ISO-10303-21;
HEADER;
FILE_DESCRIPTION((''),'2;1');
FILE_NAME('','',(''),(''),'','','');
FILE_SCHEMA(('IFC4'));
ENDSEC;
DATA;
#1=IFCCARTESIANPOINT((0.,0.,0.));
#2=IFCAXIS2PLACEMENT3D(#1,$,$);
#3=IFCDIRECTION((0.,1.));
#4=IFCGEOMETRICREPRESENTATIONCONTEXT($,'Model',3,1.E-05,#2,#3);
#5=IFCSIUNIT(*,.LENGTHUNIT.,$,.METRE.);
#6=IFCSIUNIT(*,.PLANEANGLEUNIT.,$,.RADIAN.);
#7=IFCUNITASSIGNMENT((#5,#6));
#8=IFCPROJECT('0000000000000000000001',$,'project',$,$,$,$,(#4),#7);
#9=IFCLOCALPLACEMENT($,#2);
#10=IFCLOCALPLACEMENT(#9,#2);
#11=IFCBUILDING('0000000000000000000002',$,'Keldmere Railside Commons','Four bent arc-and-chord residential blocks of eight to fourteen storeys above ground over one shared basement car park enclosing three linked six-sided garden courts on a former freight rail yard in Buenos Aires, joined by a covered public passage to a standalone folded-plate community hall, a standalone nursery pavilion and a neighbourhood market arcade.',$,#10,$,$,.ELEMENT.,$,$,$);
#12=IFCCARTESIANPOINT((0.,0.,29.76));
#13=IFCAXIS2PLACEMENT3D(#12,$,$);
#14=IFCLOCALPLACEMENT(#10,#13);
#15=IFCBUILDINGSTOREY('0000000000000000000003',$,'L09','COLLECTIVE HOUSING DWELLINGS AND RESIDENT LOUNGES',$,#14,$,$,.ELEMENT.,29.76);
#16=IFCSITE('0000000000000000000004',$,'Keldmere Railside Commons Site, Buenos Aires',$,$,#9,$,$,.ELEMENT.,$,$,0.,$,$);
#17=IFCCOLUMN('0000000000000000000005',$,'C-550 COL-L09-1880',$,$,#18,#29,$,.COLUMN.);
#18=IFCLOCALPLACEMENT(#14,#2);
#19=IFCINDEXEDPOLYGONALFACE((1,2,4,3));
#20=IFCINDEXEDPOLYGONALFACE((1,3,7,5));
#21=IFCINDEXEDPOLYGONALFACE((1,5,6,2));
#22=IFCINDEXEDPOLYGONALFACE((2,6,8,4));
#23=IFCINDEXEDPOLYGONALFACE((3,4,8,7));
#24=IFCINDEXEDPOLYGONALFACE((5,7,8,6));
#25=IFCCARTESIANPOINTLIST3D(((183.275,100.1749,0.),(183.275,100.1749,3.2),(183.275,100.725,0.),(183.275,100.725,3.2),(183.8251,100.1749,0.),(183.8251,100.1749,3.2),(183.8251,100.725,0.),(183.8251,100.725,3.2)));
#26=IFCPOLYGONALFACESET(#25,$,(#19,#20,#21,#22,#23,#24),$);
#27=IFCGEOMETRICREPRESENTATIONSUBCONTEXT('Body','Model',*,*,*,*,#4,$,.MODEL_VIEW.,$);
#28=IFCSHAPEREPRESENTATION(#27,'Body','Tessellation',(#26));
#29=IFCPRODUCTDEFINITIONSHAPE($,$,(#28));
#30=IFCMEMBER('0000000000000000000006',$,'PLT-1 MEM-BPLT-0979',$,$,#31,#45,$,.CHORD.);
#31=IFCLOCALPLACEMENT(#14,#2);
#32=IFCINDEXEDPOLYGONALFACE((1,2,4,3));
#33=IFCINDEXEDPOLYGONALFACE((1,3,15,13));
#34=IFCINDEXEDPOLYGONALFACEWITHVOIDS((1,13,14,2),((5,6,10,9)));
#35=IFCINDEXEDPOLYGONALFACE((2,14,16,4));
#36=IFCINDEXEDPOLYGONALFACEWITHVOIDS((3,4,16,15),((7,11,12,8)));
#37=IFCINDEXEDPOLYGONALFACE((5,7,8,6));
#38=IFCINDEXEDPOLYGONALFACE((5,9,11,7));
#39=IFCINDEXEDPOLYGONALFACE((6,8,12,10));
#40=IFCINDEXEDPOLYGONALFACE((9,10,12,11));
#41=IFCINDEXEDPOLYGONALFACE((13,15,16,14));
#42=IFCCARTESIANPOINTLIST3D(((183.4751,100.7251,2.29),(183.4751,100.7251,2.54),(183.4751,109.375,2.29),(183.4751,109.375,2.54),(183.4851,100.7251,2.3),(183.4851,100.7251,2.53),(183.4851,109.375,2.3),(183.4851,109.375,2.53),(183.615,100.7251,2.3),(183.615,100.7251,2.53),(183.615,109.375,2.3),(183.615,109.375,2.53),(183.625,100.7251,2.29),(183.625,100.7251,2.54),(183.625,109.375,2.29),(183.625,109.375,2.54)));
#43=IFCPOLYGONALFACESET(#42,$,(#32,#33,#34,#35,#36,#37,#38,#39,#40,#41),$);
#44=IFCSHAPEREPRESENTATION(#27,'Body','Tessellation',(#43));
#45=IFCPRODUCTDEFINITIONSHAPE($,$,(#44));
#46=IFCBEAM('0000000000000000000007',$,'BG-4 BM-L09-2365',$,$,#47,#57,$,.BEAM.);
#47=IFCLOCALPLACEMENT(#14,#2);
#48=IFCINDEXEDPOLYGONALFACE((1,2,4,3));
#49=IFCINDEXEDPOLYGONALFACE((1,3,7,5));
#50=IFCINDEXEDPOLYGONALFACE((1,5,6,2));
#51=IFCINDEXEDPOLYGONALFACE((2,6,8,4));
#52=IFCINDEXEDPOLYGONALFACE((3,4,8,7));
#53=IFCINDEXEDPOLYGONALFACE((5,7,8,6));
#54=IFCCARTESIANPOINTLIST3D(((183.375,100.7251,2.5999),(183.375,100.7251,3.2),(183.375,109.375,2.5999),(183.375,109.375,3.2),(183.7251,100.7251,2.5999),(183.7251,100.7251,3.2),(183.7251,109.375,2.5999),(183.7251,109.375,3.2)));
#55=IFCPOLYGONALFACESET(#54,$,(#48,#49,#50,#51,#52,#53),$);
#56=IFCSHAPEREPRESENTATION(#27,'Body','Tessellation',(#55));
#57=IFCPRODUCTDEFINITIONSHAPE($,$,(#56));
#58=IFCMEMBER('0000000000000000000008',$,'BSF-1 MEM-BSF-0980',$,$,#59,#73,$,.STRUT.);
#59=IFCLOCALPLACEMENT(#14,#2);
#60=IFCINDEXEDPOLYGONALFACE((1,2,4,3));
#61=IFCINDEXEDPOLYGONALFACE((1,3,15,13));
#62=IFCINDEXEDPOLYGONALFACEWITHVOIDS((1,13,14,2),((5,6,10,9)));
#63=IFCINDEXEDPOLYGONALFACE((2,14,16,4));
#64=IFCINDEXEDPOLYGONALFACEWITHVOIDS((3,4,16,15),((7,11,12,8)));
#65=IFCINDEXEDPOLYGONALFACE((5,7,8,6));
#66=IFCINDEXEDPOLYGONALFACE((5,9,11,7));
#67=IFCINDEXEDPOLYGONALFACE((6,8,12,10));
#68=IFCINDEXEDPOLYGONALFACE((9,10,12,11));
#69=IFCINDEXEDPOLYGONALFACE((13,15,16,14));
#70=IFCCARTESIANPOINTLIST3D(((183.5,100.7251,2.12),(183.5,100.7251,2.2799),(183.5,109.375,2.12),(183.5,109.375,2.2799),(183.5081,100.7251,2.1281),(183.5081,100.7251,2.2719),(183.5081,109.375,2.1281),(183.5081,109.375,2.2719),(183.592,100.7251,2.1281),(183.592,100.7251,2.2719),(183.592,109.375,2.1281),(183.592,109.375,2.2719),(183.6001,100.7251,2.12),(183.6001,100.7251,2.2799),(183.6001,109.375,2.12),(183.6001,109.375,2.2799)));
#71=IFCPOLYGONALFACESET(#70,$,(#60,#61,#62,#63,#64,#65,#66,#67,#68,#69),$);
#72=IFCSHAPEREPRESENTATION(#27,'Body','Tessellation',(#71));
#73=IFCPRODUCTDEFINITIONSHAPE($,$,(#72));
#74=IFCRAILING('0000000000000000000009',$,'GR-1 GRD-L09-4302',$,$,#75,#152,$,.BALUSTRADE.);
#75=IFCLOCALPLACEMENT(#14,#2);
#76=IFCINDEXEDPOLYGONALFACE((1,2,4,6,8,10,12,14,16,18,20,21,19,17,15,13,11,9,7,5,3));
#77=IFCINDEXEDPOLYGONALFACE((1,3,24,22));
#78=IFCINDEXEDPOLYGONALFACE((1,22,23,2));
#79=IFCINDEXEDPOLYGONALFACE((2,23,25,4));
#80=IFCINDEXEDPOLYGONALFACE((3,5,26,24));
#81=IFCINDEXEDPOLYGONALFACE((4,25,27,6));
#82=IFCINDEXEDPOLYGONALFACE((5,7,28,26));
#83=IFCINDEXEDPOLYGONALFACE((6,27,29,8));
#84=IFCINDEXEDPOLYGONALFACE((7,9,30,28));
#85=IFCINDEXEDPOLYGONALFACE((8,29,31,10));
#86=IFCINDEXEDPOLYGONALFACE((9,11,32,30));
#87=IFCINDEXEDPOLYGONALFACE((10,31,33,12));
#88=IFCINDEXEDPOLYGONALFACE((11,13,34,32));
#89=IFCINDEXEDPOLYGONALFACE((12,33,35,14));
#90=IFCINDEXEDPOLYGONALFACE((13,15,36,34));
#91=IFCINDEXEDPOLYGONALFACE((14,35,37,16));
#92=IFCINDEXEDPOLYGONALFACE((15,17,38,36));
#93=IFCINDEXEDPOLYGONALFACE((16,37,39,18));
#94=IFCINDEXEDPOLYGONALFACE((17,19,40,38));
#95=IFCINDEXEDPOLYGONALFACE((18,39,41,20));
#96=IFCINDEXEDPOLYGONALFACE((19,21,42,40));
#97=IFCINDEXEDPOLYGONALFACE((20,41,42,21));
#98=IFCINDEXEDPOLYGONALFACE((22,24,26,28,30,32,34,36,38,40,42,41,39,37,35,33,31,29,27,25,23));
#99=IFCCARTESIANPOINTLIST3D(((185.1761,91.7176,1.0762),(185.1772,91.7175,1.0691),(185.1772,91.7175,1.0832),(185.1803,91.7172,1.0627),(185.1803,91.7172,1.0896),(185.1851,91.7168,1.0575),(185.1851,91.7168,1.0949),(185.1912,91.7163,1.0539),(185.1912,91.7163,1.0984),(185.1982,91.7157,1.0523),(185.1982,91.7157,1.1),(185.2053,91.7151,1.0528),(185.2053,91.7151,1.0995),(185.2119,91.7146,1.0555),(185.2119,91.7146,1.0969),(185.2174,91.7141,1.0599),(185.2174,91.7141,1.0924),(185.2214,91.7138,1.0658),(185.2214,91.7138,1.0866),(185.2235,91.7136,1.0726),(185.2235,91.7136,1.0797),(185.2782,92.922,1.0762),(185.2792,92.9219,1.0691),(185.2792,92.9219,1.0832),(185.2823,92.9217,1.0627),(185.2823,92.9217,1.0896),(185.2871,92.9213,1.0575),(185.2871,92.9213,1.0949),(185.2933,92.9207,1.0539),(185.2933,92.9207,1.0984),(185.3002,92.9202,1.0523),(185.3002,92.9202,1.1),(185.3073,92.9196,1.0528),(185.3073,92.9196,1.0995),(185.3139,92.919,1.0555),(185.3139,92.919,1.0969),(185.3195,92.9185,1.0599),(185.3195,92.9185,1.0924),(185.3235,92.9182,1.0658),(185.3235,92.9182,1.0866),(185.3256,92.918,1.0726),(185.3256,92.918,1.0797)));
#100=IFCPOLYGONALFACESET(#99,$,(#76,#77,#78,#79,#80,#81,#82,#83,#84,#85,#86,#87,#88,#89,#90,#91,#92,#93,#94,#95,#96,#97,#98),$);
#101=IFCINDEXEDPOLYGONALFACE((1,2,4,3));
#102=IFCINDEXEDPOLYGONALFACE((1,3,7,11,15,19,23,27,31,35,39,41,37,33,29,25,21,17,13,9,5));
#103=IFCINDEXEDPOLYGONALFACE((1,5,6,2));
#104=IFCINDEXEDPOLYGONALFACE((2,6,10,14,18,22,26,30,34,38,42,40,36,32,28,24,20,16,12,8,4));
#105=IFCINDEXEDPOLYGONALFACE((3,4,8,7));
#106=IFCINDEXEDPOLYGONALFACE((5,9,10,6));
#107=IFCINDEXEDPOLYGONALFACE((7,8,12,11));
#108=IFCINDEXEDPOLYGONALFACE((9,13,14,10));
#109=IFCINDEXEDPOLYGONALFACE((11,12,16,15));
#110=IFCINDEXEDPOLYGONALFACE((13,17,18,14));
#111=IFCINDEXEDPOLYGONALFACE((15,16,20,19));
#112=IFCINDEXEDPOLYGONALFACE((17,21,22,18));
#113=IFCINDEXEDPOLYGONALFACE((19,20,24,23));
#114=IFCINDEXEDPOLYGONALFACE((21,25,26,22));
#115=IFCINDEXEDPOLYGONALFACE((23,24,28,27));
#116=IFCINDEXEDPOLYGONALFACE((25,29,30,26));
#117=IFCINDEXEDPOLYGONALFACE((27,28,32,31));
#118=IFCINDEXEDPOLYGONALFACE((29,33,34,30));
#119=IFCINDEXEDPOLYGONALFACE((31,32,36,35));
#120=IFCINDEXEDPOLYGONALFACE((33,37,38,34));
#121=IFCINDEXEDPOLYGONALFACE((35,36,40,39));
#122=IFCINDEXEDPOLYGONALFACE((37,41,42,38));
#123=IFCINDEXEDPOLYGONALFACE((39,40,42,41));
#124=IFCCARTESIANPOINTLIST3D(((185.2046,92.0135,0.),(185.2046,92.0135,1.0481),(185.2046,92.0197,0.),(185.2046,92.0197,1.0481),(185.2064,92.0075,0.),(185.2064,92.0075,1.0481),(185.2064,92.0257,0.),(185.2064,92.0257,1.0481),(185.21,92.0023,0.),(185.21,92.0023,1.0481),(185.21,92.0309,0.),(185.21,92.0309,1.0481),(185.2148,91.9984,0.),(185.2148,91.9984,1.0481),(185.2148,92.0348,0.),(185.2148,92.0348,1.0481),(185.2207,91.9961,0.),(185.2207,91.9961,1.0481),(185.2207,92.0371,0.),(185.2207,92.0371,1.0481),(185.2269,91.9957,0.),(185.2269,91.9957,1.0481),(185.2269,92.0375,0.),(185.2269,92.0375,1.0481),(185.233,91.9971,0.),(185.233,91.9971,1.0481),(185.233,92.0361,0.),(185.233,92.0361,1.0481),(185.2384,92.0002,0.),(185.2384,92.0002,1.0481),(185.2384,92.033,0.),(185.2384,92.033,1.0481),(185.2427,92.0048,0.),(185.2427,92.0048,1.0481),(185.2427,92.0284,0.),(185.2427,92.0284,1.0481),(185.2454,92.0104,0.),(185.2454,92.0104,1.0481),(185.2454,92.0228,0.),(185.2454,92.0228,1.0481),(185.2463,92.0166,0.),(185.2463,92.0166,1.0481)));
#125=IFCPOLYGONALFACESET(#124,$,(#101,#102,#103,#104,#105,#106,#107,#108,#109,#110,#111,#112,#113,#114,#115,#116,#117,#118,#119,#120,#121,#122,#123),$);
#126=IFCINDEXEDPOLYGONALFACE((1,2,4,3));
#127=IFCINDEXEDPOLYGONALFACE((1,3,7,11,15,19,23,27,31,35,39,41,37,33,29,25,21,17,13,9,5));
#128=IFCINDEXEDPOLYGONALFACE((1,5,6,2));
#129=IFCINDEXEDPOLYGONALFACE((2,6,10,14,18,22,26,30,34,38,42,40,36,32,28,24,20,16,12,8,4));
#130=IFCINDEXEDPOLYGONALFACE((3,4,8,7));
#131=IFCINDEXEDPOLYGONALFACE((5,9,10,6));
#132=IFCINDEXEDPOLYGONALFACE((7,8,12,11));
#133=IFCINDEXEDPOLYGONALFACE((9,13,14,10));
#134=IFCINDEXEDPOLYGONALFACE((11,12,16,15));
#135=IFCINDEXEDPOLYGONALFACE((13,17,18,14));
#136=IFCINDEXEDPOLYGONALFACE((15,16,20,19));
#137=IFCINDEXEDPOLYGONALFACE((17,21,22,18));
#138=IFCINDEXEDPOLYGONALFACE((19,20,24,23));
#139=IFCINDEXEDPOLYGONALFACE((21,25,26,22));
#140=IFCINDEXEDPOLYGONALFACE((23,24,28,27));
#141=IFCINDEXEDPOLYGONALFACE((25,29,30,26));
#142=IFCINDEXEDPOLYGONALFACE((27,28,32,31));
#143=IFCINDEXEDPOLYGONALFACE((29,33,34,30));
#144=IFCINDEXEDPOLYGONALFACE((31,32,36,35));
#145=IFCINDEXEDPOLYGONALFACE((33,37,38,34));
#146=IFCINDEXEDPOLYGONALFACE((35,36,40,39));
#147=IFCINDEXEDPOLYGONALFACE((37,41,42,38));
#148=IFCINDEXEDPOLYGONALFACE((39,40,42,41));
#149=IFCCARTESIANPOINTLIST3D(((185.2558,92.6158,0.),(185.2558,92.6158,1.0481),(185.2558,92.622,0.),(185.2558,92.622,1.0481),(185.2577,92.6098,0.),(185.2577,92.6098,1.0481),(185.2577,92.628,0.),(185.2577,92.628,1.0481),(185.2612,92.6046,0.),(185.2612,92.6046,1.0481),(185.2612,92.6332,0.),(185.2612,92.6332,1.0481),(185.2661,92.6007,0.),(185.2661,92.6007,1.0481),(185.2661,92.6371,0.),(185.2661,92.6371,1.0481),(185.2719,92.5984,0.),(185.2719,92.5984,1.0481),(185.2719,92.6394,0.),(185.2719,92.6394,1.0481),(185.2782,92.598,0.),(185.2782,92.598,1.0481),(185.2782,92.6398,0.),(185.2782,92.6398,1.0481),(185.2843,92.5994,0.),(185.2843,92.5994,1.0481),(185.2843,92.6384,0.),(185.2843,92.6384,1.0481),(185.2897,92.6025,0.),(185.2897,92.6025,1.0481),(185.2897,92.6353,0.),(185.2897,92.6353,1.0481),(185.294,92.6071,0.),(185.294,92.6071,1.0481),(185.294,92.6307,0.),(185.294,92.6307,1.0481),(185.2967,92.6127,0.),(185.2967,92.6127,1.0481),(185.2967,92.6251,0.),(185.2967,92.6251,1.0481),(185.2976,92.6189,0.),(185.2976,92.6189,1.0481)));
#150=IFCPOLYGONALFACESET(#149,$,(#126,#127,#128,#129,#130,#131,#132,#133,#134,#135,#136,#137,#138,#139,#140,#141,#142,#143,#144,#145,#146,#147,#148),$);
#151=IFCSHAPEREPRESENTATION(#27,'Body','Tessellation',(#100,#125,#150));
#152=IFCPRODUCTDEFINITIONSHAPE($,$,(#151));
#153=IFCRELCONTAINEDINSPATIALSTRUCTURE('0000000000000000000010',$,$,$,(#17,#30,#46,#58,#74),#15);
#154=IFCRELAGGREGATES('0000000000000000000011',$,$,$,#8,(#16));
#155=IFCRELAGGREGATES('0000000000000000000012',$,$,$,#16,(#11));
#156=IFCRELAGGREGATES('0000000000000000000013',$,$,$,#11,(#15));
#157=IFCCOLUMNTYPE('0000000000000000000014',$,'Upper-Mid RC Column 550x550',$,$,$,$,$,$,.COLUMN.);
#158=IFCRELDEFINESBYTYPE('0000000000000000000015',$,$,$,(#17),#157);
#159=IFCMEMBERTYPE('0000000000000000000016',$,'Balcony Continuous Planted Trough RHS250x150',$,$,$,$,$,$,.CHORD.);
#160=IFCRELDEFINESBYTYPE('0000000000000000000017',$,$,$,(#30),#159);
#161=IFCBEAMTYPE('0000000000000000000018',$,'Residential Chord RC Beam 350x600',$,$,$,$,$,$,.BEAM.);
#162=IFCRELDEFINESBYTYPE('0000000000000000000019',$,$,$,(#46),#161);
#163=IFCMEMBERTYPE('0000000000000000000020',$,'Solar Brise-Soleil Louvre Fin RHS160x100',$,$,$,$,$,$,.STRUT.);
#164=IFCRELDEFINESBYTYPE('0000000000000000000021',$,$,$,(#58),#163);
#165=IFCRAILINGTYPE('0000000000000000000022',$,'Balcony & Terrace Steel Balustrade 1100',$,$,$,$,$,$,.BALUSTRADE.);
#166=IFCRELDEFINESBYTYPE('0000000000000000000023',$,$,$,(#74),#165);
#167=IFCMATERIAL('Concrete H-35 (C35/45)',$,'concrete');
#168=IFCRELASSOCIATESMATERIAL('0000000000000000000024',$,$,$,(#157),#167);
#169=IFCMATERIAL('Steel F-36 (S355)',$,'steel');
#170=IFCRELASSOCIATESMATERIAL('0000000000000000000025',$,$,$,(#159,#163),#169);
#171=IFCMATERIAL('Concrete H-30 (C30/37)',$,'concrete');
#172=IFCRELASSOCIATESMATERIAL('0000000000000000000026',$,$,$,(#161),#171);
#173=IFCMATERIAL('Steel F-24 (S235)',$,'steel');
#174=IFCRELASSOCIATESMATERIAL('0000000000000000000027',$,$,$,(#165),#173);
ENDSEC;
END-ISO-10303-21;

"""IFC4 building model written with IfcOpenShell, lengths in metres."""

from ifc_helpers import new_model, si_unit, direction, frame, origin, origin_2d, place, context, subcontext, project, spatial, rectangle, hollow_rectangle, circle, extrude, material, material_profile, profile_set, type_object, element, save


model = new_model("IFC4")

# Units and contexts
model_context = context("Model", 3, precision=1e-05, world=origin(), true_north=direction((0.0, 1.0)))
body_context = subcontext(model_context, "Body", "Model", "MODEL_VIEW")
ifc_project = project(units=[si_unit("LENGTHUNIT", "METRE"), si_unit("PLANEANGLEUNIT", "RADIAN")], contexts=[model_context])

# Site, building, storey
site_placement = place(None, origin())
site = spatial("IfcSite", under=ifc_project, at=site_placement, Name="Keldmere Railside Commons Site, Buenos Aires", CompositionType="ELEMENT", RefElevation=0.0)
building_placement = place(site_placement, origin())
building = spatial("IfcBuilding", under=site, at=building_placement, Name="Keldmere Railside Commons", Description="Four bent arc-and-chord residential blocks of eight to fourteen storeys above ground over one shared basement car park enclosing three linked six-sided garden courts on a former freight rail yard in Buenos Aires, joined by a covered public passage to a standalone folded-plate community hall, a standalone nursery pavilion and a neighbourhood market arcade.", CompositionType="ELEMENT")
storey_placement = place(building_placement, frame((0.0, 0.0, 29.76)))
storey = spatial("IfcBuildingStorey", under=building, at=storey_placement, Name="L09", Description="COLLECTIVE HOUSING DWELLINGS AND RESIDENT LOUNGES", CompositionType="ELEMENT", Elevation=29.76)

# Column
ifc_material_1 = material(Name="Concrete H-35 (C35/45)", Category="concrete")
ifc_material_profile_1 = material_profile(ifc_material_1, rectangle(XDim=0.55, YDim=0.55, at=origin_2d()), Name="RC-550x550")
ifc_profile_set_1 = profile_set([ifc_material_profile_1], Name="Concrete H-35 (C35/45)")
column_type = type_object("IfcColumnType", Name="Upper-Mid RC Column 550x550", PredefinedType="COLUMN", material=ifc_profile_set_1)
column_placement = place(storey_placement, frame((183.55, 100.45, 0.0), z_axis=(0.0, 0.0, 1.0), x_axis=(1.0, 0.0, 0.0)))
element("IfcColumn", 1, at=column_placement, inside=storey, type_object=column_type, Name="C-550 COL-L09-1880", PredefinedType="COLUMN", context=body_context, shape_type="SweptSolid", body=[
    extrude(rectangle(XDim=0.55, YDim=0.55, at=origin_2d()), origin(), (0.0, 0.0, 1.0), 3.2),
])

# Member
ifc_material_2 = material(Name="Steel F-36 (S355)", Category="steel")
ifc_material_profile_2 = material_profile(ifc_material_2, hollow_rectangle(XDim=0.1499, YDim=0.25, WallThickness=0.01, at=origin_2d()), Name="RHS-250x150x10")
ifc_profile_set_2 = profile_set([ifc_material_profile_2], Name="Steel F-36 (S355)")
member_type_1 = type_object("IfcMemberType", Name="Balcony Continuous Planted Trough RHS250x150", PredefinedType="CHORD", material=ifc_profile_set_2)
member_1_placement = place(storey_placement, frame((183.55, 100.7251, 2.415), z_axis=(0.0, 1.0, 0.0), x_axis=(-1.0, 0.0, 0.0)))
element("IfcMember", 2, at=member_1_placement, inside=storey, type_object=member_type_1, Name="PLT-1 MEM-BPLT-0979", PredefinedType="CHORD", context=body_context, shape_type="SweptSolid", body=[
    extrude(hollow_rectangle(XDim=0.1499, YDim=0.25, WallThickness=0.01, at=origin_2d()), origin(), (0.0, 0.0, 1.0), 8.6499),
])

# Beam
ifc_material_3 = material(Name="Concrete H-30 (C30/37)", Category="concrete")
ifc_material_profile_3 = material_profile(ifc_material_3, rectangle(XDim=0.3501, YDim=0.6001, at=origin_2d()), Name="RC-350x600")
ifc_profile_set_3 = profile_set([ifc_material_profile_3], Name="Concrete H-30 (C30/37)")
beam_type = type_object("IfcBeamType", Name="Residential Chord RC Beam 350x600", PredefinedType="BEAM", material=ifc_profile_set_3)
beam_placement = place(storey_placement, frame((183.55, 100.7251, 2.8999), z_axis=(0.0, 1.0, 0.0), x_axis=(-1.0, 0.0, 0.0)))
element("IfcBeam", 3, at=beam_placement, inside=storey, type_object=beam_type, Name="BG-4 BM-L09-2365", PredefinedType="BEAM", context=body_context, shape_type="SweptSolid", body=[
    extrude(rectangle(XDim=0.3501, YDim=0.6001, at=origin_2d()), origin(), (0.0, 0.0, 1.0), 8.6499),
])

# Member
ifc_material_profile_4 = material_profile(ifc_material_2, hollow_rectangle(XDim=0.1001, YDim=0.1599, WallThickness=0.0081, at=origin_2d()), Name="RHS-160x100x8")
ifc_profile_set_4 = profile_set([ifc_material_profile_4], Name="Steel F-36 (S355)")
member_type_2 = type_object("IfcMemberType", Name="Solar Brise-Soleil Louvre Fin RHS160x100", PredefinedType="STRUT", material=ifc_profile_set_4)
member_2_placement = place(storey_placement, frame((183.55, 100.7251, 2.2), z_axis=(0.0, 1.0, 0.0), x_axis=(-1.0, 0.0, 0.0)))
element("IfcMember", 4, at=member_2_placement, inside=storey, type_object=member_type_2, Name="BSF-1 MEM-BSF-0980", PredefinedType="STRUT", context=body_context, shape_type="SweptSolid", body=[
    extrude(hollow_rectangle(XDim=0.1001, YDim=0.1599, WallThickness=0.0081, at=origin_2d()), origin(), (0.0, 0.0, 1.0), 8.6499),
])

# Railing
ifc_material_4 = material(Name="Steel F-24 (S235)", Category="steel")
railing_type = type_object("IfcRailingType", Name="Balcony & Terrace Steel Balustrade 1100", PredefinedType="BALUSTRADE", material=ifc_material_4)
railing_1_placement = place(storey_placement, frame((185.2, 91.7156, 0.0)))
element("IfcRailing", 5, at=railing_1_placement, inside=storey, type_object=railing_type, Name="GR-1 GRD-L09-4302", PredefinedType="BALUSTRADE", context=body_context, shape_type="SweptSolid", body=[
    extrude(circle(Radius=0.0239, at=origin_2d()), frame((0.0, 0.0, 1.0762), z_axis=(0.084433, 0.996429, 0.0), x_axis=(-0.996429, 0.084433, 0.0)), (0.0, 0.0, 1.0), 1.2087),
    extrude(circle(Radius=0.021, at=origin_2d()), frame((0.0254, 0.301, 0.0)), (0.0, 0.0, 1.0), 1.0481),
    extrude(circle(Radius=0.021, at=origin_2d()), frame((0.0767, 0.9033, 0.0)), (0.0, 0.0, 1.0), 1.0481),
])

save(model, "model.ifc")
